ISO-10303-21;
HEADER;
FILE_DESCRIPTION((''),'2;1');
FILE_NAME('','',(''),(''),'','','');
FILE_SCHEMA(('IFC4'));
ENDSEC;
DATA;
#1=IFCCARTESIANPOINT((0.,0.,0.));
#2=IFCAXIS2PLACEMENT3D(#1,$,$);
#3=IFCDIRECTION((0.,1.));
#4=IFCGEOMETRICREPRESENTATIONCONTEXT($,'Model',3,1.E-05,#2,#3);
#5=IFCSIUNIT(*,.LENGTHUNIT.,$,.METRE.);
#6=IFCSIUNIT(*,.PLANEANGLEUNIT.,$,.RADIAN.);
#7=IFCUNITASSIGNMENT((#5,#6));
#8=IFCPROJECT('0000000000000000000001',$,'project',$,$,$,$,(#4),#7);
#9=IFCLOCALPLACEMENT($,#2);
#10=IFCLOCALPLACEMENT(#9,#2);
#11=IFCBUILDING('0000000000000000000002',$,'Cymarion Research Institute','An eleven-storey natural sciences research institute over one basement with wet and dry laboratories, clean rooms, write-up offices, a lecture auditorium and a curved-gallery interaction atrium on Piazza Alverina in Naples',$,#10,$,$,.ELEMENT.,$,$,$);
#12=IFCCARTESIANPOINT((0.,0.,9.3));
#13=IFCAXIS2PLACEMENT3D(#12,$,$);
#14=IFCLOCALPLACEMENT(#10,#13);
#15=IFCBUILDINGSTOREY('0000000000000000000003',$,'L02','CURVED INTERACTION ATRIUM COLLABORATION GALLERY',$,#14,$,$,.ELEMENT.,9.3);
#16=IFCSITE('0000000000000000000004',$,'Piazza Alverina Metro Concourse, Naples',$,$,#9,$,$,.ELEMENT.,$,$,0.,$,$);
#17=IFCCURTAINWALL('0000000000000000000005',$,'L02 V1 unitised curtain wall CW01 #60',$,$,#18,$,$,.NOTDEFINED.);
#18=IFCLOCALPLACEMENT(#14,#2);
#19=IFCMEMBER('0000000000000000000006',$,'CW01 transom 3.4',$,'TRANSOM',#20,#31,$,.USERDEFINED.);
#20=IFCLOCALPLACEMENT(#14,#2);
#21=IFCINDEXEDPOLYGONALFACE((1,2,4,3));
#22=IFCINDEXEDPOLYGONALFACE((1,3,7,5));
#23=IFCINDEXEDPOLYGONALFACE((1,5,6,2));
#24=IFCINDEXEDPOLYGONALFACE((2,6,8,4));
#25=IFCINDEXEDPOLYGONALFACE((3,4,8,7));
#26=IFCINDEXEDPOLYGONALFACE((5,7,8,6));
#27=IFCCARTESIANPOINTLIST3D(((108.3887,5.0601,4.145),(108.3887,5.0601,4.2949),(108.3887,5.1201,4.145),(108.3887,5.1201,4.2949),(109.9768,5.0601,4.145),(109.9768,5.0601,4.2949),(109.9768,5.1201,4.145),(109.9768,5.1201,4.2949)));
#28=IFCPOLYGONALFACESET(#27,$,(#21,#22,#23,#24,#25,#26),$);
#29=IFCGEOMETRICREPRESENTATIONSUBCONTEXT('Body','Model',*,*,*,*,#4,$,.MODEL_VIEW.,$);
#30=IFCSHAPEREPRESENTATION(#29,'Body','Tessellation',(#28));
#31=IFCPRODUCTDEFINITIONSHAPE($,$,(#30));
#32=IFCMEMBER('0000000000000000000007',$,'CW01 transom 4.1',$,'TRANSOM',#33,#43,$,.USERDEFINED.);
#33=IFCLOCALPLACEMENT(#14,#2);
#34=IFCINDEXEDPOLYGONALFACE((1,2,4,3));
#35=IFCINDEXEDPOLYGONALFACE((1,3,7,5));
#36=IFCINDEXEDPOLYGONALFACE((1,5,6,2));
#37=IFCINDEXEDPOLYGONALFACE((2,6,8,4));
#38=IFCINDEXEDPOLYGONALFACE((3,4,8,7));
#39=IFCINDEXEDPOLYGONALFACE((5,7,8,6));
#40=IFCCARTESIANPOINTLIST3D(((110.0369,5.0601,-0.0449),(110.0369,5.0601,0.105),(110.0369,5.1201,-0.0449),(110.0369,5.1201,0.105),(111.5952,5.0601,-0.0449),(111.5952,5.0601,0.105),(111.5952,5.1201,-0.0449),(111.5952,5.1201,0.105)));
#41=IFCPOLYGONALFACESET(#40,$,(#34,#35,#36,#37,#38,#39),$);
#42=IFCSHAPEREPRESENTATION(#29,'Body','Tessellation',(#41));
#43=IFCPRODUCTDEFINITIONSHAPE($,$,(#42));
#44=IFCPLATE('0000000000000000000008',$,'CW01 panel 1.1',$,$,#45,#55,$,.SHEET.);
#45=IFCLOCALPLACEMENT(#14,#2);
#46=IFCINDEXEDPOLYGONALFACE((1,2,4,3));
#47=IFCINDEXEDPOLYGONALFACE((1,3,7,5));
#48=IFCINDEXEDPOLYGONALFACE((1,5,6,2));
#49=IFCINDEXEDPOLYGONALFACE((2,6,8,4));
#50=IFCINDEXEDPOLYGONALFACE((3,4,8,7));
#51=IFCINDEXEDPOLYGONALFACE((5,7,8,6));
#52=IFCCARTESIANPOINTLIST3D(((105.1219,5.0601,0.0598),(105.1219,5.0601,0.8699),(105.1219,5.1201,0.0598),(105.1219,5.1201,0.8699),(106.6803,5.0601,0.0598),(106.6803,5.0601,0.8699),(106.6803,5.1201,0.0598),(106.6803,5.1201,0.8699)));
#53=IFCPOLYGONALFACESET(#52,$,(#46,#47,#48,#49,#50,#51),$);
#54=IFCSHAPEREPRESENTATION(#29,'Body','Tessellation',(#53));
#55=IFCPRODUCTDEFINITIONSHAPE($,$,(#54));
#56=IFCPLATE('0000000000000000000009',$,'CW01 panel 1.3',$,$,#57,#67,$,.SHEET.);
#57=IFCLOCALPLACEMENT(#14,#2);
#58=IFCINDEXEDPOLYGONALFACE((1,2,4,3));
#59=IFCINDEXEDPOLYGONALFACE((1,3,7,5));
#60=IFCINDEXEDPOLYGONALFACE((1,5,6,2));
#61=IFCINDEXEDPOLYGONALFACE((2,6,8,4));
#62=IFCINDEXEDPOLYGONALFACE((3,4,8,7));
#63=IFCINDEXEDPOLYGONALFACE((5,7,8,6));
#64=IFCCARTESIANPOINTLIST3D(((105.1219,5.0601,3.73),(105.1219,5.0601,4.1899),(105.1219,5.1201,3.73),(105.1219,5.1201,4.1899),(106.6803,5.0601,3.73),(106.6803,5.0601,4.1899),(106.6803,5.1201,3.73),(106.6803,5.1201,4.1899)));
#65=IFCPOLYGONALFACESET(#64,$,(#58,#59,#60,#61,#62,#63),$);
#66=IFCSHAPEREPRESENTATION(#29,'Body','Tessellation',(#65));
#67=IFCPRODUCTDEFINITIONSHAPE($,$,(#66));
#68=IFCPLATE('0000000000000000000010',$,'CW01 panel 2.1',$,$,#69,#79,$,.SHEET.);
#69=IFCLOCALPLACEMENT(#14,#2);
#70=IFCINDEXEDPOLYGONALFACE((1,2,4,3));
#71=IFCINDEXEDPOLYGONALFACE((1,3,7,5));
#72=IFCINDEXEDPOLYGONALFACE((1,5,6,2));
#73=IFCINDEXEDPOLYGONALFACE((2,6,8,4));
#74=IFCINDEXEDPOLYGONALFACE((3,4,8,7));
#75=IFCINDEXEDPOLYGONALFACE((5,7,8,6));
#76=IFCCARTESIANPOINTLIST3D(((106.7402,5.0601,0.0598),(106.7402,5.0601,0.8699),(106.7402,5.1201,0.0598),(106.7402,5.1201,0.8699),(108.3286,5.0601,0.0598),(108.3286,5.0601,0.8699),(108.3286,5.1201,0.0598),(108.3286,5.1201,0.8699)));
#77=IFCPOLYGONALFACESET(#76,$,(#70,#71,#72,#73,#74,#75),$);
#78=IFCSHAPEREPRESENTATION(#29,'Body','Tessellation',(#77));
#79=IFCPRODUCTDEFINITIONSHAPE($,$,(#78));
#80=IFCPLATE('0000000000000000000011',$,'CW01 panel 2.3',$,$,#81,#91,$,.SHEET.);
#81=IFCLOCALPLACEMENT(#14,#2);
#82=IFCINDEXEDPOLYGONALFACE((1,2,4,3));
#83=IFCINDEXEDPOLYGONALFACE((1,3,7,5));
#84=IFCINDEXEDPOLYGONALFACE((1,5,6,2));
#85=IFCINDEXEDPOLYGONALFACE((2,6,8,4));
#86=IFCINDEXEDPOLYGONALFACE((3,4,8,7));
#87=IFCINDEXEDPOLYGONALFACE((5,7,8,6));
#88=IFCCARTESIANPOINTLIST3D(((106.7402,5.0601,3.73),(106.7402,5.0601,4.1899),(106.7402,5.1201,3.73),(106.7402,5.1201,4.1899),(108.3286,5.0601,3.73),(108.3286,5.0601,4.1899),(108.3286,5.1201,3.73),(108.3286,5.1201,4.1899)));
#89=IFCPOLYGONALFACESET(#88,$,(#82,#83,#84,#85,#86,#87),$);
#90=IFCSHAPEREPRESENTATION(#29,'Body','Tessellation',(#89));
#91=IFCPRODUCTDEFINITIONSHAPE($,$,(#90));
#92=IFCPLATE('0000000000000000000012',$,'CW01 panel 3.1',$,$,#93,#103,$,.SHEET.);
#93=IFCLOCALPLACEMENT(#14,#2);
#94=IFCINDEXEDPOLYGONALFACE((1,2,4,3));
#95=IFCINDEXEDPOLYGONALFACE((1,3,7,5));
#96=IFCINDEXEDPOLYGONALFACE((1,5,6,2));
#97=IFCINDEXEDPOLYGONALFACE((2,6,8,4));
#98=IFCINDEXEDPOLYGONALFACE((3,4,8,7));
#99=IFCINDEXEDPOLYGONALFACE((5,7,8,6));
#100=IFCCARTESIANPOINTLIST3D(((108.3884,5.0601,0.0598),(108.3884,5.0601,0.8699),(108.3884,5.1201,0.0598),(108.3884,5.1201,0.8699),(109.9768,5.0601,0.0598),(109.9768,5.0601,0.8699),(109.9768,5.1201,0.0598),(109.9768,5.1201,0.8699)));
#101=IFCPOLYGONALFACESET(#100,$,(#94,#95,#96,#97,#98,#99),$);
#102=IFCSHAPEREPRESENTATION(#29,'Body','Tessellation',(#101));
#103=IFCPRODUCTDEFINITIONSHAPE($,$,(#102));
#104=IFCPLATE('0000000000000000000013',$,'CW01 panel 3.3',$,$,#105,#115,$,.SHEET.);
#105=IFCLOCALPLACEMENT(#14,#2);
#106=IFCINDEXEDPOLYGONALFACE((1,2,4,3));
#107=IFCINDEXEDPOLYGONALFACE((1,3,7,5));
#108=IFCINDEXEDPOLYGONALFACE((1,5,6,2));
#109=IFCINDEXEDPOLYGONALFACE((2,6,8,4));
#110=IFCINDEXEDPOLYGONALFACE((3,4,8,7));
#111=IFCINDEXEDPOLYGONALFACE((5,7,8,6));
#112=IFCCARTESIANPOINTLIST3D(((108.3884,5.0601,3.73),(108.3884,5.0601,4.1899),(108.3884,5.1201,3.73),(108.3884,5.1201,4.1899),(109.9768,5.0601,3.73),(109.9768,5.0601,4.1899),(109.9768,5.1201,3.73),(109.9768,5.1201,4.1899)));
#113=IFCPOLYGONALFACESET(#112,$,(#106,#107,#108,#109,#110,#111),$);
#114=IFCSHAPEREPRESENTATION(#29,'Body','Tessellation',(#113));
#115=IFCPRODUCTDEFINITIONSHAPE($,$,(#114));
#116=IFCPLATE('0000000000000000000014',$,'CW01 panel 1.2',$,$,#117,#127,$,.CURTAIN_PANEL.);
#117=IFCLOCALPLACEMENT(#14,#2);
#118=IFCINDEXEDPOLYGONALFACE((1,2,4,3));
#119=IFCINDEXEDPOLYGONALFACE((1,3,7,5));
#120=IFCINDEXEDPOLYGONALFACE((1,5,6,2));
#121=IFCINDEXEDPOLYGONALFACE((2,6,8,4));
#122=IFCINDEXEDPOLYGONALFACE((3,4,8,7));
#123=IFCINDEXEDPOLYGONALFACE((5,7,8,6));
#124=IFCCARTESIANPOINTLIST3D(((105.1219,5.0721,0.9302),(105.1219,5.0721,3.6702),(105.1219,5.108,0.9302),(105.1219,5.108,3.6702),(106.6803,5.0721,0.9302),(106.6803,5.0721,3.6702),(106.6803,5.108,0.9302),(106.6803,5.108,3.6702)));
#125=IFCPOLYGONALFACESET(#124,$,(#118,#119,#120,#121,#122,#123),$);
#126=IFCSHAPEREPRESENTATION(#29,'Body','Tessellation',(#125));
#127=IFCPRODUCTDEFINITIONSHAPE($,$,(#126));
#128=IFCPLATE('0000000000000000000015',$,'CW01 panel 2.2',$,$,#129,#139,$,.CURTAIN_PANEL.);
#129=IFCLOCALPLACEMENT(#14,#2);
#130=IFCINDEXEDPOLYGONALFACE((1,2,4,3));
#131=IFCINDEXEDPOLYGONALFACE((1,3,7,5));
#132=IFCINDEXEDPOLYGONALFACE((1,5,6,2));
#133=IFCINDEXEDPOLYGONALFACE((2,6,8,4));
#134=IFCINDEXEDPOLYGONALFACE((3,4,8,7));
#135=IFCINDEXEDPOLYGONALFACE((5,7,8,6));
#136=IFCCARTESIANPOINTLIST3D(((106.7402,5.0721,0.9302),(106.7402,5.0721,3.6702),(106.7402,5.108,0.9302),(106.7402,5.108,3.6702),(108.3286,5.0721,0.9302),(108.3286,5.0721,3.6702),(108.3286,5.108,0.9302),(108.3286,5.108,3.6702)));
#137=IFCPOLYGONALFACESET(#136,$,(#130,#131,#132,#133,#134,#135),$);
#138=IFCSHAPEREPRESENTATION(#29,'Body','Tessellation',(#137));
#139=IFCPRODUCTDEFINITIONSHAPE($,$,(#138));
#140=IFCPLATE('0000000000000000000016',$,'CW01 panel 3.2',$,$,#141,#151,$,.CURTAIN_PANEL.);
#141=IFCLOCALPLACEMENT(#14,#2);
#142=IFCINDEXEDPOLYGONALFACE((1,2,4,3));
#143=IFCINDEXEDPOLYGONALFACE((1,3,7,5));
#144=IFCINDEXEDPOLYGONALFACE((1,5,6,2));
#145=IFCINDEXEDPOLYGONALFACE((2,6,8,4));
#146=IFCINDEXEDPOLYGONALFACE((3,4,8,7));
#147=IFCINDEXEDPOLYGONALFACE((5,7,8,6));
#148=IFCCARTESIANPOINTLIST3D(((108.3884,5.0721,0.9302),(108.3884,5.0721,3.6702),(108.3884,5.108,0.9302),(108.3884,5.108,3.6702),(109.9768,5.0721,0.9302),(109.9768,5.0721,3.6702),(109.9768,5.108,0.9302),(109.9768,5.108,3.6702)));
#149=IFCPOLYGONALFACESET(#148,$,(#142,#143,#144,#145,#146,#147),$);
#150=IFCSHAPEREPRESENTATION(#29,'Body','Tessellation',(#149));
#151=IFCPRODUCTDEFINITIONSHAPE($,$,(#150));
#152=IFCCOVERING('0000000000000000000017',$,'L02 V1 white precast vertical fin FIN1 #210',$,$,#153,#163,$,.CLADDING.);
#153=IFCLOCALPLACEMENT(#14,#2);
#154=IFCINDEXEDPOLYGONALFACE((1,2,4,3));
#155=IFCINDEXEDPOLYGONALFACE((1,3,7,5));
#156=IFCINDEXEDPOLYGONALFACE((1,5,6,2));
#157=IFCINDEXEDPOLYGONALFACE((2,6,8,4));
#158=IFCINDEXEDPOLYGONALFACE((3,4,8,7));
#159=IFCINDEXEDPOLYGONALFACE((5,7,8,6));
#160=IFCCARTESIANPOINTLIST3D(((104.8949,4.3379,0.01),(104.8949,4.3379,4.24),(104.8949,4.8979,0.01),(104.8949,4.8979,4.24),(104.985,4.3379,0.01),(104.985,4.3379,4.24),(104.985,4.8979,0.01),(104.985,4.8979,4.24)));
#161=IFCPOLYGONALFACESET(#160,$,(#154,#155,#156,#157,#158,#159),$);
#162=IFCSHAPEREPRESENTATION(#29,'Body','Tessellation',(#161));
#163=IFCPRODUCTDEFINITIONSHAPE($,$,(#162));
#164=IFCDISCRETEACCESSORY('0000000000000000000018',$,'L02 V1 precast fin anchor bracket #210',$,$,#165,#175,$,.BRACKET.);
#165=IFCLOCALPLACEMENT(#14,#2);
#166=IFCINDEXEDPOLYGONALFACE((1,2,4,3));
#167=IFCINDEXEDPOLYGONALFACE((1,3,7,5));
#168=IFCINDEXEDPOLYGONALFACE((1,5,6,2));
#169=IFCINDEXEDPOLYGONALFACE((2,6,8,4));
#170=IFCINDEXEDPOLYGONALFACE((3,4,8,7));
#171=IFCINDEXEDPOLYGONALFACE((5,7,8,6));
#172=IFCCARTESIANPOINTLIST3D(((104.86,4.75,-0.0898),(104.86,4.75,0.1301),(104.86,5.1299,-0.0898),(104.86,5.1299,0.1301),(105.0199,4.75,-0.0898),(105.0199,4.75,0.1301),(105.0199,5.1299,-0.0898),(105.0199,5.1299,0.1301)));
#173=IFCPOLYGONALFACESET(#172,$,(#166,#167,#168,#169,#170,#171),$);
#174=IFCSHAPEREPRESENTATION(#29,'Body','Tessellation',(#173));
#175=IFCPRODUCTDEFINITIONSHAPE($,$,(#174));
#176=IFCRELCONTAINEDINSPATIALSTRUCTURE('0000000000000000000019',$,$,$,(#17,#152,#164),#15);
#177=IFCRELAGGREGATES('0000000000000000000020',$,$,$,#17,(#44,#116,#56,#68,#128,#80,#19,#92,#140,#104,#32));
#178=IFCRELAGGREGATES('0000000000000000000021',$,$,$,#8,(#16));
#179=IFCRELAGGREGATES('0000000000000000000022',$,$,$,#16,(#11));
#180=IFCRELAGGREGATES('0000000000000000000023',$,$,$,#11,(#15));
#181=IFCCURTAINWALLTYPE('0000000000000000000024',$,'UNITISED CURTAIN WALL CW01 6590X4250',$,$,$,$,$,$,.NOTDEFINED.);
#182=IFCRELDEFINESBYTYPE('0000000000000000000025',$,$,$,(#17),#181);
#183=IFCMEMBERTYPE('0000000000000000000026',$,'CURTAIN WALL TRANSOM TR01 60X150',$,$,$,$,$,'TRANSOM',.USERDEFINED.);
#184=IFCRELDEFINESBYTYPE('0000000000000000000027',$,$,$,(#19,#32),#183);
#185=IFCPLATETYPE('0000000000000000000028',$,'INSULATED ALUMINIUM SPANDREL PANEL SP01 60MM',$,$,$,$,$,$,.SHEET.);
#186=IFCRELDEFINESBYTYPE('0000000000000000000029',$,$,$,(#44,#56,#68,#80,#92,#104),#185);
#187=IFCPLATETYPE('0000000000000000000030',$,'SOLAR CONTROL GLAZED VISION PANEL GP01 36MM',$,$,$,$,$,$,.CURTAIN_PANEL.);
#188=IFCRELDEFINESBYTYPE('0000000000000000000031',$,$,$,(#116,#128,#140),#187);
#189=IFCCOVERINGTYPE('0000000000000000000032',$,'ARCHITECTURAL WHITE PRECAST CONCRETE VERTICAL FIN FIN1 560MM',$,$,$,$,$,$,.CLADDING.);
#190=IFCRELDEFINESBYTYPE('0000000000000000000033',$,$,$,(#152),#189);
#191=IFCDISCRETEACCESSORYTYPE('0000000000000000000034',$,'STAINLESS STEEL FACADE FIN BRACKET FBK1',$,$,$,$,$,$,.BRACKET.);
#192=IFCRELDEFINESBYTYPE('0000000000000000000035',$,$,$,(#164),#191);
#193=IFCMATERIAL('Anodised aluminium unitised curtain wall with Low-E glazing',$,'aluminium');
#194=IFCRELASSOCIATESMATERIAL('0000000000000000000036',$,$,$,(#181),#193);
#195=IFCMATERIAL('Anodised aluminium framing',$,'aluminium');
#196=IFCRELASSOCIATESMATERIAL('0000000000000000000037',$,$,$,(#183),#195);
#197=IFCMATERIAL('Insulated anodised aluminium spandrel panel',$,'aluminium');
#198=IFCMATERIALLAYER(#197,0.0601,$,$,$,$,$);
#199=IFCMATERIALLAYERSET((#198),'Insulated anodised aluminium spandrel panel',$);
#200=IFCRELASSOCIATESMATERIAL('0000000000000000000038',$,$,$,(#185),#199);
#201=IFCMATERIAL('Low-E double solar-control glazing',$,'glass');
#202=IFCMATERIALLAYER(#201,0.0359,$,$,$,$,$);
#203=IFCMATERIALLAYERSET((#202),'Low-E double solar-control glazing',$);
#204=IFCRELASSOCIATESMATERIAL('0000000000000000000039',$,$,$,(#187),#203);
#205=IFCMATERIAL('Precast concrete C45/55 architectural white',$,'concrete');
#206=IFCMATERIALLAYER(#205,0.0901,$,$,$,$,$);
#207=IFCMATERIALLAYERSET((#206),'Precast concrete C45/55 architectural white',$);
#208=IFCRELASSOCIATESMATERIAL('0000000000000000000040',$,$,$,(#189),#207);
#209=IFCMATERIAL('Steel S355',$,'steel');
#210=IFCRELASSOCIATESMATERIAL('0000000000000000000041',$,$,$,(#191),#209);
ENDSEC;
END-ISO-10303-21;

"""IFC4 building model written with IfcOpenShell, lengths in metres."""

from ifc_helpers import new_model, si_unit, direction, frame, origin, origin_2d, place, context, subcontext, project, spatial, rectangle, extrude, material, layer, layer_set, material_profile, profile_set, type_object, element, aggregate, save


model = new_model("IFC4")

# Units and contexts
model_context = context("Model", 3, precision=1e-05, world=origin(), true_north=direction((0.0, 1.0)))
body_context = subcontext(model_context, "Body", "Model", "MODEL_VIEW")
ifc_project = project(units=[si_unit("LENGTHUNIT", "METRE"), si_unit("PLANEANGLEUNIT", "RADIAN")], contexts=[model_context])

# Site, building, storey
site_placement = place(None, origin())
site = spatial("IfcSite", under=ifc_project, at=site_placement, Name="Piazza Alverina Metro Concourse, Naples", CompositionType="ELEMENT", RefElevation=0.0)
building_placement = place(site_placement, origin())
building = spatial("IfcBuilding", under=site, at=building_placement, Name="Cymarion Research Institute", Description="An eleven-storey natural sciences research institute over one basement with wet and dry laboratories, clean rooms, write-up offices, a lecture auditorium and a curved-gallery interaction atrium on Piazza Alverina in Naples", CompositionType="ELEMENT")
storey_placement = place(building_placement, frame((0.0, 0.0, 9.3)))
storey = spatial("IfcBuildingStorey", under=building, at=storey_placement, Name="L02", Description="CURVED INTERACTION ATRIUM COLLABORATION GALLERY", CompositionType="ELEMENT", Elevation=9.3)

# Curtain wall, members, plates
ifc_material_1 = material(Name="Anodised aluminium unitised curtain wall with Low-E glazing", Category="aluminium")
curtain_wall_type = type_object("IfcCurtainWallType", Name="UNITISED CURTAIN WALL CW01 6590X4250", PredefinedType="NOTDEFINED", material=ifc_material_1)
curtain_wall_placement = place(storey_placement, origin())
curtain_wall = element("IfcCurtainWall", 1, at=curtain_wall_placement, inside=storey, type_object=curtain_wall_type, Name="L02 V1 unitised curtain wall CW01 #60", PredefinedType="NOTDEFINED")
ifc_material_2 = material(Name="Anodised aluminium framing", Category="aluminium")
ifc_material_profile_1 = material_profile(ifc_material_2, rectangle(XDim=0.0601, YDim=0.1499, at=origin_2d()), Name="ALU TRANSOM 60x150")
ifc_profile_set_1 = profile_set([ifc_material_profile_1], Name="Anodised aluminium framing")
member_type_1 = type_object("IfcMemberType", Name="CURTAIN WALL TRANSOM TR01 60X150", ElementType="TRANSOM", PredefinedType="USERDEFINED", material=ifc_profile_set_1)
member_1_placement = place(storey_placement, frame((108.3887, 5.0901, 4.22), z_axis=(1.0, 0.0, 0.0), x_axis=(0.0, 1.0, 0.0)))
member_1 = element("IfcMember", 2, at=member_1_placement, type_object=member_type_1, Name="CW01 transom 3.4", ObjectType="TRANSOM", PredefinedType="USERDEFINED", context=body_context, shape_type="SweptSolid", body=[
    extrude(rectangle(XDim=0.0601, YDim=0.1499, at=origin_2d()), origin(), (0.0, 0.0, 1.0), 1.5881),
])
member_2_placement = place(storey_placement, frame((110.0369, 5.0901, 0.03), z_axis=(1.0, 0.0, 0.0), x_axis=(0.0, 1.0, 0.0)))
member_2 = element("IfcMember", 3, at=member_2_placement, type_object=member_type_1, Name="CW01 transom 4.1", ObjectType="TRANSOM", PredefinedType="USERDEFINED", context=body_context, shape_type="SweptSolid", body=[
    extrude(rectangle(XDim=0.0601, YDim=0.1499, at=origin_2d()), origin(), (0.0, 0.0, 1.0), 1.5583),
])
ifc_material_3 = material(Name="Insulated anodised aluminium spandrel panel", Category="aluminium")
ifc_layer_1 = layer(ifc_material_3, 0.0601)
ifc_layer_set_1 = layer_set([ifc_layer_1], Name="Insulated anodised aluminium spandrel panel")
plate_type_1 = type_object("IfcPlateType", Name="INSULATED ALUMINIUM SPANDREL PANEL SP01 60MM", PredefinedType="SHEET", material=ifc_layer_set_1)
plate_1_placement = place(storey_placement, frame((105.9011, 5.0901, 0.0598), z_axis=(0.0, 0.0, 1.0), x_axis=(1.0, 0.0, 0.0)))
plate_1 = element("IfcPlate", 4, at=plate_1_placement, type_object=plate_type_1, Name="CW01 panel 1.1", PredefinedType="SHEET", context=body_context, shape_type="SweptSolid", body=[
    extrude(rectangle(XDim=1.5583, YDim=0.0601, at=origin_2d()), origin(), (0.0, 0.0, 1.0), 0.8101),
])
plate_2_placement = place(storey_placement, frame((105.9011, 5.0901, 3.73), z_axis=(0.0, 0.0, 1.0), x_axis=(1.0, 0.0, 0.0)))
plate_2 = element("IfcPlate", 5, at=plate_2_placement, type_object=plate_type_1, Name="CW01 panel 1.3", PredefinedType="SHEET", context=body_context, shape_type="SweptSolid", body=[
    extrude(rectangle(XDim=1.5583, YDim=0.0601, at=origin_2d()), origin(), (0.0, 0.0, 1.0), 0.46),
])
plate_3_placement = place(storey_placement, frame((107.5344, 5.0901, 0.0598), z_axis=(0.0, 0.0, 1.0), x_axis=(1.0, 0.0, 0.0)))
plate_3 = element("IfcPlate", 6, at=plate_3_placement, type_object=plate_type_1, Name="CW01 panel 2.1", PredefinedType="SHEET", context=body_context, shape_type="SweptSolid", body=[
    extrude(rectangle(XDim=1.5884, YDim=0.0601, at=origin_2d()), origin(), (0.0, 0.0, 1.0), 0.8101),
])
plate_4_placement = place(storey_placement, frame((107.5344, 5.0901, 3.73), z_axis=(0.0, 0.0, 1.0), x_axis=(1.0, 0.0, 0.0)))
plate_4 = element("IfcPlate", 7, at=plate_4_placement, type_object=plate_type_1, Name="CW01 panel 2.3", PredefinedType="SHEET", context=body_context, shape_type="SweptSolid", body=[
    extrude(rectangle(XDim=1.5884, YDim=0.0601, at=origin_2d()), origin(), (0.0, 0.0, 1.0), 0.46),
])
plate_5_placement = place(storey_placement, frame((109.1826, 5.0901, 0.0598), z_axis=(0.0, 0.0, 1.0), x_axis=(1.0, 0.0, 0.0)))
plate_5 = element("IfcPlate", 8, at=plate_5_placement, type_object=plate_type_1, Name="CW01 panel 3.1", PredefinedType="SHEET", context=body_context, shape_type="SweptSolid", body=[
    extrude(rectangle(XDim=1.5884, YDim=0.0601, at=origin_2d()), origin(), (0.0, 0.0, 1.0), 0.8101),
])
plate_6_placement = place(storey_placement, frame((109.1826, 5.0901, 3.73), z_axis=(0.0, 0.0, 1.0), x_axis=(1.0, 0.0, 0.0)))
plate_6 = element("IfcPlate", 9, at=plate_6_placement, type_object=plate_type_1, Name="CW01 panel 3.3", PredefinedType="SHEET", context=body_context, shape_type="SweptSolid", body=[
    extrude(rectangle(XDim=1.5884, YDim=0.0601, at=origin_2d()), origin(), (0.0, 0.0, 1.0), 0.46),
])
ifc_material_4 = material(Name="Low-E double solar-control glazing", Category="glass")
ifc_layer_2 = layer(ifc_material_4, 0.0359)
ifc_layer_set_2 = layer_set([ifc_layer_2], Name="Low-E double solar-control glazing")
plate_type_2 = type_object("IfcPlateType", Name="SOLAR CONTROL GLAZED VISION PANEL GP01 36MM", PredefinedType="CURTAIN_PANEL", material=ifc_layer_set_2)
plate_7_placement = place(storey_placement, frame((105.9011, 5.0901, 0.9302), z_axis=(0.0, 0.0, 1.0), x_axis=(1.0, 0.0, 0.0)))
plate_7 = element("IfcPlate", 10, at=plate_7_placement, type_object=plate_type_2, Name="CW01 panel 1.2", PredefinedType="CURTAIN_PANEL", context=body_context, shape_type="SweptSolid", body=[
    extrude(rectangle(XDim=1.5583, YDim=0.0359, at=origin_2d()), origin(), (0.0, 0.0, 1.0), 2.74),
])
plate_8_placement = place(storey_placement, frame((107.5344, 5.0901, 0.9302), z_axis=(0.0, 0.0, 1.0), x_axis=(1.0, 0.0, 0.0)))
plate_8 = element("IfcPlate", 11, at=plate_8_placement, type_object=plate_type_2, Name="CW01 panel 2.2", PredefinedType="CURTAIN_PANEL", context=body_context, shape_type="SweptSolid", body=[
    extrude(rectangle(XDim=1.5884, YDim=0.0359, at=origin_2d()), origin(), (0.0, 0.0, 1.0), 2.74),
])
plate_9_placement = place(storey_placement, frame((109.1826, 5.0901, 0.9302), z_axis=(0.0, 0.0, 1.0), x_axis=(1.0, 0.0, 0.0)))
plate_9 = element("IfcPlate", 12, at=plate_9_placement, type_object=plate_type_2, Name="CW01 panel 3.2", PredefinedType="CURTAIN_PANEL", context=body_context, shape_type="SweptSolid", body=[
    extrude(rectangle(XDim=1.5884, YDim=0.0359, at=origin_2d()), origin(), (0.0, 0.0, 1.0), 2.74),
])
aggregate(curtain_wall, [plate_1, plate_7, plate_2, plate_3, plate_8, plate_4, member_1, plate_5, plate_9, plate_6, member_2])

# Covering
ifc_material_5 = material(Name="Precast concrete C45/55 architectural white", Category="concrete")
ifc_layer_3 = layer(ifc_material_5, 0.0901)
ifc_layer_set_3 = layer_set([ifc_layer_3], Name="Precast concrete C45/55 architectural white")
covering_type = type_object("IfcCoveringType", Name="ARCHITECTURAL WHITE PRECAST CONCRETE VERTICAL FIN FIN1 560MM", PredefinedType="CLADDING", material=ifc_layer_set_3)
covering_placement = place(storey_placement, frame((104.9399, 4.6179, 0.01), z_axis=(0.0, 0.0, 1.0), x_axis=(0.0, -1.0, 0.0)))
element("IfcCovering", 13, at=covering_placement, inside=storey, type_object=covering_type, Name="L02 V1 white precast vertical fin FIN1 #210", PredefinedType="CLADDING", context=body_context, shape_type="SweptSolid", body=[
    extrude(rectangle(XDim=0.5601, YDim=0.0901, at=origin_2d()), origin(), (0.0, 0.0, 1.0), 4.23),
])

# Discrete accessory
ifc_material_6 = material(Name="Steel S355", Category="steel")
discrete_accessory_type = type_object("IfcDiscreteAccessoryType", Name="STAINLESS STEEL FACADE FIN BRACKET FBK1", PredefinedType="BRACKET", material=ifc_material_6)
discrete_accessory_placement = place(storey_placement, frame((104.9399, 4.9399, -0.0898), z_axis=(0.0, 0.0, 1.0), x_axis=(0.0, -1.0, 0.0)))
element("IfcDiscreteAccessory", 14, at=discrete_accessory_placement, inside=storey, type_object=discrete_accessory_type, Name="L02 V1 precast fin anchor bracket #210", PredefinedType="BRACKET", context=body_context, shape_type="SweptSolid", body=[
    extrude(rectangle(XDim=0.3799, YDim=0.1599, at=origin_2d()), origin(), (0.0, 0.0, 1.0), 0.22),
])

save(model, "model.ifc")
